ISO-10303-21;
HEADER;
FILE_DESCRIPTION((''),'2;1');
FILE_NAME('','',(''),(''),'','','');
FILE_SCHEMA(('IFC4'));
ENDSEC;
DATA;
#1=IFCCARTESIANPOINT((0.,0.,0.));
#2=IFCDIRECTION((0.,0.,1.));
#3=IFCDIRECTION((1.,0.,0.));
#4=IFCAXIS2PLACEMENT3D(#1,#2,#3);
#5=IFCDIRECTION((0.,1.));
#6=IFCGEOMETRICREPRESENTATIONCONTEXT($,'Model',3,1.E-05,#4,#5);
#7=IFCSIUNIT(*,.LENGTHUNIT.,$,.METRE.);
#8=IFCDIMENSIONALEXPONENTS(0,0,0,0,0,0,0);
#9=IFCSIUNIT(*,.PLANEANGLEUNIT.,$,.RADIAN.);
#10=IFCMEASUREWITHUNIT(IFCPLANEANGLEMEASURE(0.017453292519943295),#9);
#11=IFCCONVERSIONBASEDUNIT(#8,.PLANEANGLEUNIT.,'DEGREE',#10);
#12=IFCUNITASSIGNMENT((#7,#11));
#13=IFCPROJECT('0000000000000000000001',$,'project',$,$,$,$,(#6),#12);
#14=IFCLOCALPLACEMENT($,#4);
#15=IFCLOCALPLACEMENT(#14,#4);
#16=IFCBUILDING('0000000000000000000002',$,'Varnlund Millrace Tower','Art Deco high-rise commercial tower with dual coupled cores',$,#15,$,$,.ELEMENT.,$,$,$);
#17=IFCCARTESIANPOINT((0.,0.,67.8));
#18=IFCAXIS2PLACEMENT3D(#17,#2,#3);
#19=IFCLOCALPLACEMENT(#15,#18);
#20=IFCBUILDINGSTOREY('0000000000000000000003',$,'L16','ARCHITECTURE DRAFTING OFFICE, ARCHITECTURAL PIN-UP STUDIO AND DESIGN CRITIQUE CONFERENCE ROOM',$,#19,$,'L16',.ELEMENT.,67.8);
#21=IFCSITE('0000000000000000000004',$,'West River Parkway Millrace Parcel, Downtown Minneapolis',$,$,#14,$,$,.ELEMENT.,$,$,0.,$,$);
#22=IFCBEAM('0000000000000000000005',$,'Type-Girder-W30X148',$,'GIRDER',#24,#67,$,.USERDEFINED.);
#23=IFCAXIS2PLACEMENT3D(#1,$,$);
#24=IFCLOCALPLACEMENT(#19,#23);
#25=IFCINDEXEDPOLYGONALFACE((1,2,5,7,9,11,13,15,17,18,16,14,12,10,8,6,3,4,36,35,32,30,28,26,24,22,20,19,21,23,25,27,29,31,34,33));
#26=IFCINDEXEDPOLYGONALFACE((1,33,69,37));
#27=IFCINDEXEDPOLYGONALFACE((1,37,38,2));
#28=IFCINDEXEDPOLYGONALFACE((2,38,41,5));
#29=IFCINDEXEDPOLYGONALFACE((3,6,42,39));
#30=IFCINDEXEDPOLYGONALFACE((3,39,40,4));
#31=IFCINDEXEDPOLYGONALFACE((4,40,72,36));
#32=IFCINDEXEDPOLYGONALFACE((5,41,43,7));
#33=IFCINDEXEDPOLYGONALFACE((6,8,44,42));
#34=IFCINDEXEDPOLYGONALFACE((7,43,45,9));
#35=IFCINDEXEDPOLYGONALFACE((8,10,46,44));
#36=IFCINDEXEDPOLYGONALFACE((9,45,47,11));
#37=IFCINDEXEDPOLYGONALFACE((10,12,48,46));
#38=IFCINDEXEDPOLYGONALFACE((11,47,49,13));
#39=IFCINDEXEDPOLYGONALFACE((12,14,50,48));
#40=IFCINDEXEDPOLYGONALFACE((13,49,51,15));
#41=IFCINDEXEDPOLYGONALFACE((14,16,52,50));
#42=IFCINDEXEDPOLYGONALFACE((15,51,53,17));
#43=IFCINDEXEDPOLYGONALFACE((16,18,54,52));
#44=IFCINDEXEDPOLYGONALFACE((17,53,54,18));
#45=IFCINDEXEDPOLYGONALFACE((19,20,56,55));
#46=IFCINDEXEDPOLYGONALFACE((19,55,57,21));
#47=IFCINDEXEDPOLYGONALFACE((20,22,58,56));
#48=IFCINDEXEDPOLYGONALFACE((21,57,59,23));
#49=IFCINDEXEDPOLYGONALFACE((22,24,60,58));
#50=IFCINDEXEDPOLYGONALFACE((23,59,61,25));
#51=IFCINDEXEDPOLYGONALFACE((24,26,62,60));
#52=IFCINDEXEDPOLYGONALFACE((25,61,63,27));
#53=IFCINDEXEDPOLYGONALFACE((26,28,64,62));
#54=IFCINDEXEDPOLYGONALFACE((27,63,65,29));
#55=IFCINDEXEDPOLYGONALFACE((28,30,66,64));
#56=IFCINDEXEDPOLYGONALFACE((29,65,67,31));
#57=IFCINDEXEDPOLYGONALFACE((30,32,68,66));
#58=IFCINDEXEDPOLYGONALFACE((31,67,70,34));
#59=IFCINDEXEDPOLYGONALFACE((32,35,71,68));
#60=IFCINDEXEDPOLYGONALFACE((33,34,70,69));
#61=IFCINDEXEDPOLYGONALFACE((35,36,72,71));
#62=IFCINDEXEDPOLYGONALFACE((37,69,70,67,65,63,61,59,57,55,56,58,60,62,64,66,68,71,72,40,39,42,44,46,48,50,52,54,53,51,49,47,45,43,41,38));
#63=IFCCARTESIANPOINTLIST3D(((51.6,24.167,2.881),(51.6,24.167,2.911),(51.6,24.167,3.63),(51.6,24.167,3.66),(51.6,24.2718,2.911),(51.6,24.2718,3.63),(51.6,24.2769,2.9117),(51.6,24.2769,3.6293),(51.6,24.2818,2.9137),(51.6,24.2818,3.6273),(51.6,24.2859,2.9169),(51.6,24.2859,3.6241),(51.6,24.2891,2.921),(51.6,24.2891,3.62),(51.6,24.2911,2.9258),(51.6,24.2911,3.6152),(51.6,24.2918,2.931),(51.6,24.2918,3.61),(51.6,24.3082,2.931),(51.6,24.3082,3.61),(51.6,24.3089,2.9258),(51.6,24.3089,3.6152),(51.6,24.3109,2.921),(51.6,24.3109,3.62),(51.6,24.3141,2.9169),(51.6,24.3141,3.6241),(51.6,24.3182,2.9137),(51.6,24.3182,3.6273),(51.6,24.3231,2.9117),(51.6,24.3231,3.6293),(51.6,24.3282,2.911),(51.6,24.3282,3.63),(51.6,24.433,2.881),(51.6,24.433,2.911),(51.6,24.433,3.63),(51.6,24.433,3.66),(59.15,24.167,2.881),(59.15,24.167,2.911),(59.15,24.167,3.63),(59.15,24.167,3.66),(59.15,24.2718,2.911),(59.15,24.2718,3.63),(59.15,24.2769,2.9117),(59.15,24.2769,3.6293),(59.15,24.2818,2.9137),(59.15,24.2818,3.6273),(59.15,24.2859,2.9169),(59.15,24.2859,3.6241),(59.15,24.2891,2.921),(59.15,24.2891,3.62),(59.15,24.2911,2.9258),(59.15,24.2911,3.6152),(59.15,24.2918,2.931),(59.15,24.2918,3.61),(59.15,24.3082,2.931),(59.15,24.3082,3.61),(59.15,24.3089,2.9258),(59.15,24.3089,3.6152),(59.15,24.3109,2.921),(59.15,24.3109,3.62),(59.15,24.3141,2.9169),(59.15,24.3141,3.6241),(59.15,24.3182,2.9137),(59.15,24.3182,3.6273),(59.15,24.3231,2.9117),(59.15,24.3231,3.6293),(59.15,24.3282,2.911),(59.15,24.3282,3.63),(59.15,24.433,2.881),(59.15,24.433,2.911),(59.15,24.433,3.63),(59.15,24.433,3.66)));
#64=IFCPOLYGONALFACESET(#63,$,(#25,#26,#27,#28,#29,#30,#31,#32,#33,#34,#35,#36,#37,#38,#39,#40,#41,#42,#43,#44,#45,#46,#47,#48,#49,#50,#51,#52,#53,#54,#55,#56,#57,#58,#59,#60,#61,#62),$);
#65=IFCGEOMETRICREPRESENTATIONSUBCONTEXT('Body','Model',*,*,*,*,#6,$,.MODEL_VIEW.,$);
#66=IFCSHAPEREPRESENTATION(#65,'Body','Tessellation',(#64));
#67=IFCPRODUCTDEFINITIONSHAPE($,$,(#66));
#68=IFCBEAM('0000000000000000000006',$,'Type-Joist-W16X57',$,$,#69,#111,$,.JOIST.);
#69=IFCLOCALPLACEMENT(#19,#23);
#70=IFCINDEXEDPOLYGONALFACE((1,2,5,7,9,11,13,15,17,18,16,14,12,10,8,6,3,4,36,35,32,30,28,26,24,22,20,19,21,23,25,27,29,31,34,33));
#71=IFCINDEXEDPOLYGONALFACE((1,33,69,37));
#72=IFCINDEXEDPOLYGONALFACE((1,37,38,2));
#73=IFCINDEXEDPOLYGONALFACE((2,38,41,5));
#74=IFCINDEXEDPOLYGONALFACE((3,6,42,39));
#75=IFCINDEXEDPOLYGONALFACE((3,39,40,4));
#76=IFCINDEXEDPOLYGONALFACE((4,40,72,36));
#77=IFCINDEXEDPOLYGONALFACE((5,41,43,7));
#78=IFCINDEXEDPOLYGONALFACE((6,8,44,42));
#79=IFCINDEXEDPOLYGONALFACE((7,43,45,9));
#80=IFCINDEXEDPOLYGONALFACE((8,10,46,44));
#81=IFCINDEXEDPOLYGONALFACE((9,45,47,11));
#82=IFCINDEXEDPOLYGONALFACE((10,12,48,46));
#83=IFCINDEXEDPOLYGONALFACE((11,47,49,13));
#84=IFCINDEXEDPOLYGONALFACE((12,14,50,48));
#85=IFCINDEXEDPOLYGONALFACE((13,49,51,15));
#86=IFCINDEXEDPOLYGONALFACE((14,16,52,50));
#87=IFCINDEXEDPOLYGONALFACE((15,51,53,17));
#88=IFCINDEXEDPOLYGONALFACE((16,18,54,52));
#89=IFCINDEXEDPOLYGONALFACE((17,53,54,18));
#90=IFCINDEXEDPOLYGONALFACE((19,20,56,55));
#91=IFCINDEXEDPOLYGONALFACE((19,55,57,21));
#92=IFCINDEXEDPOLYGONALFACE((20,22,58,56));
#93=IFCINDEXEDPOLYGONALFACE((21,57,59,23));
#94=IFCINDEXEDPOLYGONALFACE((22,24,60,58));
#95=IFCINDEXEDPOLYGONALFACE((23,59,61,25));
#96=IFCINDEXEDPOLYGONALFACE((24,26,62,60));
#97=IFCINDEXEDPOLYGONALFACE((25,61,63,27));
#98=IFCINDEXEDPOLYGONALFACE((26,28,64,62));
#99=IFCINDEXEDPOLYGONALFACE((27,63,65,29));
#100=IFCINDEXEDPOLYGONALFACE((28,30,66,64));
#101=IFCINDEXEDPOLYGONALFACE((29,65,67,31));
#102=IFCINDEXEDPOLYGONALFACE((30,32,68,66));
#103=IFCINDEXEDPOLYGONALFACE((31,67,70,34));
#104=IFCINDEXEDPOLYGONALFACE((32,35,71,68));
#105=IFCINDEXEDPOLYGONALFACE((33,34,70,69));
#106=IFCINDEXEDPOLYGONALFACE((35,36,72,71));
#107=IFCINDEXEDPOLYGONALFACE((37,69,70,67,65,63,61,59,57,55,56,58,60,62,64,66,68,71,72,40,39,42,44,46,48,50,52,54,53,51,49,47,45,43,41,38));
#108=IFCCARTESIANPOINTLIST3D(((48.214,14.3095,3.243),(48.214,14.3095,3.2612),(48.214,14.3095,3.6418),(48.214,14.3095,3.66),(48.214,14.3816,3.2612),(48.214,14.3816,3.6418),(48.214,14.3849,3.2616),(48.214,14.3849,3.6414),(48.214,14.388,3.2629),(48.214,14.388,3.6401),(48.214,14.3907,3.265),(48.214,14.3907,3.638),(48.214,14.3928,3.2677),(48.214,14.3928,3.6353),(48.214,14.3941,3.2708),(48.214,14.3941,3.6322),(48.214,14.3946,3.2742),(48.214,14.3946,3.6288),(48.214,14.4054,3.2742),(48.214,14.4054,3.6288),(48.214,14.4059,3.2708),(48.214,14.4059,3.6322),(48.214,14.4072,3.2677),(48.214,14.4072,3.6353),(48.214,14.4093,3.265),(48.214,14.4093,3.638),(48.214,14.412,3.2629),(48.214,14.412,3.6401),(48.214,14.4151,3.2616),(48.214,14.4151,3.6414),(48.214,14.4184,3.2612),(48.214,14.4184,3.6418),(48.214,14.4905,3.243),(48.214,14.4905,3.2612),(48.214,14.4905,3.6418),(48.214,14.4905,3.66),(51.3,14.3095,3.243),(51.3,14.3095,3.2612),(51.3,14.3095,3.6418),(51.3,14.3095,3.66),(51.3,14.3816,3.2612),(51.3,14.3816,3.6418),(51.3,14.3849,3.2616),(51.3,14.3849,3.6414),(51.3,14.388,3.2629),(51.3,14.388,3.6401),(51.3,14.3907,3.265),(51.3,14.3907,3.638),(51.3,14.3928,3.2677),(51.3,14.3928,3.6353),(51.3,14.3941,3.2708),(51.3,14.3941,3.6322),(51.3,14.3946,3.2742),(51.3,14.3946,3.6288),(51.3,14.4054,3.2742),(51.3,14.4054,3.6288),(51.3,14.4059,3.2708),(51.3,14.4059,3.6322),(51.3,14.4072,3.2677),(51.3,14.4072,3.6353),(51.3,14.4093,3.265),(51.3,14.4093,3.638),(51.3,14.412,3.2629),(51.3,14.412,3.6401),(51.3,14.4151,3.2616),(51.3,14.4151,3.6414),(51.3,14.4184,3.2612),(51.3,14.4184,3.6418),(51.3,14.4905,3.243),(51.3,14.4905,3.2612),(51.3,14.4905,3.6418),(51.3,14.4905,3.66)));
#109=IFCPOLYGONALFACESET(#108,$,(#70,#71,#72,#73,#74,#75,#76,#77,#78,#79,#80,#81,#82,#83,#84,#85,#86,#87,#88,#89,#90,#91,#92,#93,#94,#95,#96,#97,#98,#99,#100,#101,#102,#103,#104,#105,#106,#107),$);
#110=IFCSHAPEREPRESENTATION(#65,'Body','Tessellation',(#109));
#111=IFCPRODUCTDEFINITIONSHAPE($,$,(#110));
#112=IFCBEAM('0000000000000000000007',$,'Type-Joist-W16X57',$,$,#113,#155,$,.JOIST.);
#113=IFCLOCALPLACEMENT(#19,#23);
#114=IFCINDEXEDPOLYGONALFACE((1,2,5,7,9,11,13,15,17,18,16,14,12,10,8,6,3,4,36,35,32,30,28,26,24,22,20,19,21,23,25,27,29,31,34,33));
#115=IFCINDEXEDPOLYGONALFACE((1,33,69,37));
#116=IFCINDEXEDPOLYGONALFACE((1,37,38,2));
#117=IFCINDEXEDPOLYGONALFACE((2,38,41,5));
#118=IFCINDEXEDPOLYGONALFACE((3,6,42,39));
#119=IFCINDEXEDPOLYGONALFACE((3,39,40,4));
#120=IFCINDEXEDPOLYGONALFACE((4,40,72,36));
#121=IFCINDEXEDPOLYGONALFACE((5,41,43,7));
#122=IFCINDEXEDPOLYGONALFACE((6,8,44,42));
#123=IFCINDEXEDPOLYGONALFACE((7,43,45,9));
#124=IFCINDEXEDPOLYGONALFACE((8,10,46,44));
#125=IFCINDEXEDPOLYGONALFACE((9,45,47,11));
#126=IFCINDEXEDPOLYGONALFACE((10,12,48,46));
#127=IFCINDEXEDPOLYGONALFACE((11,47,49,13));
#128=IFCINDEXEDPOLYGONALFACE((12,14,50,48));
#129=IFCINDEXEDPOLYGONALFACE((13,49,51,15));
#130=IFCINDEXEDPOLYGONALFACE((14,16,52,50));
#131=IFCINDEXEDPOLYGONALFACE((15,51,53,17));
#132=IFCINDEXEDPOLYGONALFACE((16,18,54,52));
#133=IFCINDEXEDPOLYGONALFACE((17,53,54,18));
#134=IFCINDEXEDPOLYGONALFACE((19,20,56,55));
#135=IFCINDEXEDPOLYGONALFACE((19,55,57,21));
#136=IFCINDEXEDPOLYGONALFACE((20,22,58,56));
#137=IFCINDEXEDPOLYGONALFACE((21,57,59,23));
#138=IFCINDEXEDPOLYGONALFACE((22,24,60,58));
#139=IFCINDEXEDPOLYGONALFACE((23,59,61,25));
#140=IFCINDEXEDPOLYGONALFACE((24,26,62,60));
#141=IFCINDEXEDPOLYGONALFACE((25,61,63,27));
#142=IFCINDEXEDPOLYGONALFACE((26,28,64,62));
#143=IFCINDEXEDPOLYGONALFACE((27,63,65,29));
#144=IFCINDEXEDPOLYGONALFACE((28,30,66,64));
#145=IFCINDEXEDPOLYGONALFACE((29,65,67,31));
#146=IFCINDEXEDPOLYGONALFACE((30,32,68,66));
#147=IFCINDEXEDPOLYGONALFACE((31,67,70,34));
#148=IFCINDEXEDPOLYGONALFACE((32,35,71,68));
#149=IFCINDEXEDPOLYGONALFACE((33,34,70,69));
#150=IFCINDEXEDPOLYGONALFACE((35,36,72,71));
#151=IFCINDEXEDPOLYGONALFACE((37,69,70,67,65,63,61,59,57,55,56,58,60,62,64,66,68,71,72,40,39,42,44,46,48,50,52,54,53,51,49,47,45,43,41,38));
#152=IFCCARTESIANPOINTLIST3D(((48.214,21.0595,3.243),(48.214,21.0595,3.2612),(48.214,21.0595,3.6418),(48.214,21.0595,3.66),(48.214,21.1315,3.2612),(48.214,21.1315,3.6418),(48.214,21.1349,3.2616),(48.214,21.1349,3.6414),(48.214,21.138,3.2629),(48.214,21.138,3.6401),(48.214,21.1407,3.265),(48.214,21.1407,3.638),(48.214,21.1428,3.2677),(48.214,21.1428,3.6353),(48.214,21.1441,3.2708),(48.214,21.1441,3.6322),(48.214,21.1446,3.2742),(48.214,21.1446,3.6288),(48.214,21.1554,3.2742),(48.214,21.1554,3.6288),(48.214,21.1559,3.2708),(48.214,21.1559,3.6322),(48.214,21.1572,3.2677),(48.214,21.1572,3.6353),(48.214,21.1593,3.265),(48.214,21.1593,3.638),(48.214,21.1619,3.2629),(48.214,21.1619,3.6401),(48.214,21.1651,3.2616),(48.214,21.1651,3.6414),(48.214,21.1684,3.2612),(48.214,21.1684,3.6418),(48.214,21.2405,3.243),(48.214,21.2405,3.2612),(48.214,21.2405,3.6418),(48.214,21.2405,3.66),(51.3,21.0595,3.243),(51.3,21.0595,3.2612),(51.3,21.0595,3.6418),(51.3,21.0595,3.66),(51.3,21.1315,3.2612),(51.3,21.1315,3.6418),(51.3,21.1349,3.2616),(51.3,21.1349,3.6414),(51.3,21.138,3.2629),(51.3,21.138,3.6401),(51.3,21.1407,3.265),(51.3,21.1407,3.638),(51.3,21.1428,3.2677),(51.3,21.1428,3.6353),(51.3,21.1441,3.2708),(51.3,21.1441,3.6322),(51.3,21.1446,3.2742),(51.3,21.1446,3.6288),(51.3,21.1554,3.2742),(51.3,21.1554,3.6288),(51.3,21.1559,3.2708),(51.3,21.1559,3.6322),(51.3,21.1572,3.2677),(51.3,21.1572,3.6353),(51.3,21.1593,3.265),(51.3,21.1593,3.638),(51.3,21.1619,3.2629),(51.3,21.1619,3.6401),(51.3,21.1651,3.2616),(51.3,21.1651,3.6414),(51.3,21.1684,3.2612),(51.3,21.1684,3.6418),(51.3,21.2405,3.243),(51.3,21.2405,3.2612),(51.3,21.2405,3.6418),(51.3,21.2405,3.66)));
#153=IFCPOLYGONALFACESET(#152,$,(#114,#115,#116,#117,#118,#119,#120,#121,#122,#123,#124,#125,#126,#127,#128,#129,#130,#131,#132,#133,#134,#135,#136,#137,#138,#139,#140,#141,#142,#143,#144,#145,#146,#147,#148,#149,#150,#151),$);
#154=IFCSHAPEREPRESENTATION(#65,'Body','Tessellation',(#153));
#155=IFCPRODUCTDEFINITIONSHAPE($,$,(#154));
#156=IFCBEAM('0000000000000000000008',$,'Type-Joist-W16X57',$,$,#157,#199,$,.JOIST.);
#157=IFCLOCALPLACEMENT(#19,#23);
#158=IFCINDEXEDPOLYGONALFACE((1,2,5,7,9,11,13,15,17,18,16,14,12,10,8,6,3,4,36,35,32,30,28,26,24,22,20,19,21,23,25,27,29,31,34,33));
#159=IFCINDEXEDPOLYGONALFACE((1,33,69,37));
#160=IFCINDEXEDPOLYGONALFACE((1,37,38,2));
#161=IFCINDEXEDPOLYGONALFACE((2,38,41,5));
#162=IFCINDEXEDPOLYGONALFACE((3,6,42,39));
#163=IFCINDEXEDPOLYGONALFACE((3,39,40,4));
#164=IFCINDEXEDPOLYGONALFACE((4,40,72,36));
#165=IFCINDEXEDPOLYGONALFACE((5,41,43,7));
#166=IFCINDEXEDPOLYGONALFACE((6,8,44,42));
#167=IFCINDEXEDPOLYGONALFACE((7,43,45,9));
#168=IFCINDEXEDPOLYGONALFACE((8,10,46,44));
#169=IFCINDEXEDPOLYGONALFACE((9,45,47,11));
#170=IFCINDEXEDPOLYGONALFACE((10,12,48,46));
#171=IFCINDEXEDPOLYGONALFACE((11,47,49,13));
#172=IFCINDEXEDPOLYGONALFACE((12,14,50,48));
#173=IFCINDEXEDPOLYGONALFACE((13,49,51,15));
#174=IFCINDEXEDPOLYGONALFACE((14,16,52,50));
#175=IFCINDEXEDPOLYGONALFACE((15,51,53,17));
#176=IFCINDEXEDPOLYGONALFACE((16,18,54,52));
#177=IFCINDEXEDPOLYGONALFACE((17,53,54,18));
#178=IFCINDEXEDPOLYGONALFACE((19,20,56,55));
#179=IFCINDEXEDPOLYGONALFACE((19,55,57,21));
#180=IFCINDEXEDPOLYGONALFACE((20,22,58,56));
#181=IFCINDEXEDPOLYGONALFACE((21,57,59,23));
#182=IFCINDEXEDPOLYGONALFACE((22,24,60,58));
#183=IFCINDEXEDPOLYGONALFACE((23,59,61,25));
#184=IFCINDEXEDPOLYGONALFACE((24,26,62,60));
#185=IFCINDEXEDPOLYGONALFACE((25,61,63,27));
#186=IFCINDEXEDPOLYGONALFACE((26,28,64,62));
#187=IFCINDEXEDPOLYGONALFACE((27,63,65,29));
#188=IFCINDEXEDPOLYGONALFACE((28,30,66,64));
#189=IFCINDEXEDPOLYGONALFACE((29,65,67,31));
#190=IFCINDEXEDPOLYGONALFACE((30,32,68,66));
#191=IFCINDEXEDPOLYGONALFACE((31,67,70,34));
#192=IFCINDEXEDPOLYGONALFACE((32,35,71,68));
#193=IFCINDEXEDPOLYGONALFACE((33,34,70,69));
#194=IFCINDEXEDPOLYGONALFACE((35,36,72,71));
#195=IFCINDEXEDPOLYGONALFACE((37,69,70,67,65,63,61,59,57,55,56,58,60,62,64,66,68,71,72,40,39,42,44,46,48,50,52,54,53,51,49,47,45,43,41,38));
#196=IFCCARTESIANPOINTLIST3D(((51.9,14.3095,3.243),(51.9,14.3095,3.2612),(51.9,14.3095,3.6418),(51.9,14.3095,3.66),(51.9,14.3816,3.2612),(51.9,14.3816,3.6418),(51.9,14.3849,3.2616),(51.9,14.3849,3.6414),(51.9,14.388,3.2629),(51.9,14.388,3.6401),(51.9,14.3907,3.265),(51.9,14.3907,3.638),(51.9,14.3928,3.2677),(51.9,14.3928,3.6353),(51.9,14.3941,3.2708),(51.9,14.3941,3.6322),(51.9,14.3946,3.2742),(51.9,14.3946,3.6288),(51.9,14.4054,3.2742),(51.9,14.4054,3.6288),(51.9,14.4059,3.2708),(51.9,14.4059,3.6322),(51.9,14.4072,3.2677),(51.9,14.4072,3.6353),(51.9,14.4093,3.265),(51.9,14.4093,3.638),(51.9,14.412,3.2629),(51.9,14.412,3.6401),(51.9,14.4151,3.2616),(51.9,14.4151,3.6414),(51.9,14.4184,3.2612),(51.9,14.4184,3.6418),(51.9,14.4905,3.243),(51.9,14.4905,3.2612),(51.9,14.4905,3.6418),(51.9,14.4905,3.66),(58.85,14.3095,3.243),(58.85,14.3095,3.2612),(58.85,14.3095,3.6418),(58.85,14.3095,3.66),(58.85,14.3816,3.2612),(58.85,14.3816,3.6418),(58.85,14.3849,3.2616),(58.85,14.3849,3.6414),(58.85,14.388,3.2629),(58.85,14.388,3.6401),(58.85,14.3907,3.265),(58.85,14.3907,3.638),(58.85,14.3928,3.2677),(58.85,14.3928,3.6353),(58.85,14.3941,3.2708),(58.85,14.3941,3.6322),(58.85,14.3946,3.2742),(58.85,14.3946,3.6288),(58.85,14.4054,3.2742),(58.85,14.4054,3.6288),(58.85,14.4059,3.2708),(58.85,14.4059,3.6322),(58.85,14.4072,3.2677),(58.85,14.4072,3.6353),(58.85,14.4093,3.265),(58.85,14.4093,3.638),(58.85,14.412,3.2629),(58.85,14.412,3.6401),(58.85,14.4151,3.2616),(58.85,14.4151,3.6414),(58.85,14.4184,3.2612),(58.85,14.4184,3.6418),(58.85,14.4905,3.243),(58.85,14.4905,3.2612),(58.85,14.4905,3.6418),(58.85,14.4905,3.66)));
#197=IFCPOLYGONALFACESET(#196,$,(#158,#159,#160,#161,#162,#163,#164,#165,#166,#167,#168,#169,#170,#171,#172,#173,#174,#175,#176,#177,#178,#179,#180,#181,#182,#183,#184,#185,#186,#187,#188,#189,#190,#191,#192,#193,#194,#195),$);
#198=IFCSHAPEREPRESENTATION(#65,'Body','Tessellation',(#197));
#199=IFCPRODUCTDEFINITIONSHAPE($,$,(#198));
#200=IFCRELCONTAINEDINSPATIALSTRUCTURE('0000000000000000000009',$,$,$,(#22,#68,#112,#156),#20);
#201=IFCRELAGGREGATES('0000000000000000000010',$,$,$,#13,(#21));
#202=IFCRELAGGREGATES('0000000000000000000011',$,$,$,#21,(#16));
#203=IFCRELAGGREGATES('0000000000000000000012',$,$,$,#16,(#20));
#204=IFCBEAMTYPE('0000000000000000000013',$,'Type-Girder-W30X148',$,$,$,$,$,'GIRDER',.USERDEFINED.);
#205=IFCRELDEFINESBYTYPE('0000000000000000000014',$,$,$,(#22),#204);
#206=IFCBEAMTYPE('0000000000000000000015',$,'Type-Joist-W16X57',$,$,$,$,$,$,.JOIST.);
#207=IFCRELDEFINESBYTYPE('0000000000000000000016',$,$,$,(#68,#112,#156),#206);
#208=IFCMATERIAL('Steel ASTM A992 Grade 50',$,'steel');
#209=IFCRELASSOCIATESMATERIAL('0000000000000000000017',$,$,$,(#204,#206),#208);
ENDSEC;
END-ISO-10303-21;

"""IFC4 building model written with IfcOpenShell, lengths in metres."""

from ifc_helpers import new_model, entity, si_unit, converted_unit, direction, frame, origin_with_axes, origin_2d_with_axis, place, context, subcontext, project, spatial, i_section, extrude, material, material_profile, profile_set, type_object, element, save


model = new_model("IFC4")

# Units and contexts
model_context = context("Model", 3, precision=1e-05, world=origin_with_axes(), true_north=direction((0.0, 1.0)))
body_context = subcontext(model_context, "Body", "Model", "MODEL_VIEW")
ifc_project = project(units=[si_unit("LENGTHUNIT", "METRE"), converted_unit("PLANEANGLEUNIT", "DEGREE", entity("IfcPlaneAngleMeasure", 0.017453292519943295), si_unit("PLANEANGLEUNIT", "RADIAN"), dimensions=[0, 0, 0, 0, 0, 0, 0])], contexts=[model_context])

# Site, building, storey
site_placement = place(None, origin_with_axes())
site = spatial("IfcSite", under=ifc_project, at=site_placement, Name="West River Parkway Millrace Parcel, Downtown Minneapolis", CompositionType="ELEMENT", RefElevation=0.0)
building_placement = place(site_placement, origin_with_axes())
building = spatial("IfcBuilding", under=site, at=building_placement, Name="Varnlund Millrace Tower", Description="Art Deco high-rise commercial tower with dual coupled cores", CompositionType="ELEMENT")
storey_placement = place(building_placement, frame((0.0, 0.0, 67.8), z_axis=(0.0, 0.0, 1.0), x_axis=(1.0, 0.0, 0.0)))
storey = spatial("IfcBuildingStorey", under=building, at=storey_placement, Name="L16", Description="ARCHITECTURE DRAFTING OFFICE, ARCHITECTURAL PIN-UP STUDIO AND DESIGN CRITIQUE CONFERENCE ROOM", LongName="L16", CompositionType="ELEMENT", Elevation=67.8)

# Beams
ifc_material_1 = material(Name="Steel ASTM A992 Grade 50", Category="steel")
ifc_material_profile_1 = material_profile(ifc_material_1, i_section(OverallWidth=0.266, OverallDepth=0.779, WebThickness=0.0165, FlangeThickness=0.03, FilletRadius=0.02, at=origin_2d_with_axis()), Name="Steel ASTM A992 Grade 50")
ifc_profile_set_1 = profile_set([ifc_material_profile_1], Name="Steel ASTM A992 Grade 50")
beam_type_1 = type_object("IfcBeamType", Name="Type-Girder-W30X148", ElementType="GIRDER", PredefinedType="USERDEFINED", material=ifc_profile_set_1)
beam_1_placement = place(storey_placement, frame((51.6, 24.3, 3.2705), z_axis=(1.0, 0.0, 0.0), x_axis=(0.0, 1.0, 0.0)))
element("IfcBeam", 1, at=beam_1_placement, inside=storey, type_object=beam_type_1, Name="Type-Girder-W30X148", ObjectType="GIRDER", PredefinedType="USERDEFINED", context=body_context, shape_type="SweptSolid", body=[
    extrude(i_section(OverallWidth=0.266, OverallDepth=0.779, WebThickness=0.0165, FlangeThickness=0.03, FilletRadius=0.02, at=origin_2d_with_axis()), origin_with_axes(), (0.0, 0.0, 1.0), 7.55),
])
ifc_material_profile_2 = material_profile(ifc_material_1, i_section(OverallWidth=0.181, OverallDepth=0.417, WebThickness=0.0109, FlangeThickness=0.0182, FilletRadius=0.013, at=origin_2d_with_axis()), Name="Steel ASTM A992 Grade 50")
ifc_profile_set_2 = profile_set([ifc_material_profile_2], Name="Steel ASTM A992 Grade 50")
beam_type_2 = type_object("IfcBeamType", Name="Type-Joist-W16X57", PredefinedType="JOIST", material=ifc_profile_set_2)
for number, where, z_axis, x_axis, name in (
    (2, (48.214, 14.4, 3.4515), (1.0, 0.0, 0.0), (0.0, 1.0, 0.0), "Type-Joist-W16X57"),
    (3, (48.214, 21.15, 3.4515), (1.0, 0.0, 0.0), (0.0, 1.0, 0.0), "Type-Joist-W16X57"),
):
    element("IfcBeam", number, at=place(storey_placement, frame(where, z_axis=z_axis, x_axis=x_axis)), inside=storey, type_object=beam_type_2, Name=name, PredefinedType="JOIST", context=body_context, shape_type="SweptSolid", body=[
        extrude(i_section(OverallWidth=0.181, OverallDepth=0.417, WebThickness=0.0109, FlangeThickness=0.0182, FilletRadius=0.013, at=origin_2d_with_axis()), origin_with_axes(), (0.0, 0.0, 1.0), 3.086),
    ])
for number, where, z_axis, x_axis, name in (
    (4, (51.9, 14.4, 3.4515), (1.0, 0.0, 0.0), (0.0, 1.0, 0.0), "Type-Joist-W16X57"),
):
    element("IfcBeam", number, at=place(storey_placement, frame(where, z_axis=z_axis, x_axis=x_axis)), inside=storey, type_object=beam_type_2, Name=name, PredefinedType="JOIST", context=body_context, shape_type="SweptSolid", body=[
        extrude(i_section(OverallWidth=0.181, OverallDepth=0.417, WebThickness=0.0109, FlangeThickness=0.0182, FilletRadius=0.013, at=origin_2d_with_axis()), origin_with_axes(), (0.0, 0.0, 1.0), 6.95),
    ])

save(model, "model.ifc")
